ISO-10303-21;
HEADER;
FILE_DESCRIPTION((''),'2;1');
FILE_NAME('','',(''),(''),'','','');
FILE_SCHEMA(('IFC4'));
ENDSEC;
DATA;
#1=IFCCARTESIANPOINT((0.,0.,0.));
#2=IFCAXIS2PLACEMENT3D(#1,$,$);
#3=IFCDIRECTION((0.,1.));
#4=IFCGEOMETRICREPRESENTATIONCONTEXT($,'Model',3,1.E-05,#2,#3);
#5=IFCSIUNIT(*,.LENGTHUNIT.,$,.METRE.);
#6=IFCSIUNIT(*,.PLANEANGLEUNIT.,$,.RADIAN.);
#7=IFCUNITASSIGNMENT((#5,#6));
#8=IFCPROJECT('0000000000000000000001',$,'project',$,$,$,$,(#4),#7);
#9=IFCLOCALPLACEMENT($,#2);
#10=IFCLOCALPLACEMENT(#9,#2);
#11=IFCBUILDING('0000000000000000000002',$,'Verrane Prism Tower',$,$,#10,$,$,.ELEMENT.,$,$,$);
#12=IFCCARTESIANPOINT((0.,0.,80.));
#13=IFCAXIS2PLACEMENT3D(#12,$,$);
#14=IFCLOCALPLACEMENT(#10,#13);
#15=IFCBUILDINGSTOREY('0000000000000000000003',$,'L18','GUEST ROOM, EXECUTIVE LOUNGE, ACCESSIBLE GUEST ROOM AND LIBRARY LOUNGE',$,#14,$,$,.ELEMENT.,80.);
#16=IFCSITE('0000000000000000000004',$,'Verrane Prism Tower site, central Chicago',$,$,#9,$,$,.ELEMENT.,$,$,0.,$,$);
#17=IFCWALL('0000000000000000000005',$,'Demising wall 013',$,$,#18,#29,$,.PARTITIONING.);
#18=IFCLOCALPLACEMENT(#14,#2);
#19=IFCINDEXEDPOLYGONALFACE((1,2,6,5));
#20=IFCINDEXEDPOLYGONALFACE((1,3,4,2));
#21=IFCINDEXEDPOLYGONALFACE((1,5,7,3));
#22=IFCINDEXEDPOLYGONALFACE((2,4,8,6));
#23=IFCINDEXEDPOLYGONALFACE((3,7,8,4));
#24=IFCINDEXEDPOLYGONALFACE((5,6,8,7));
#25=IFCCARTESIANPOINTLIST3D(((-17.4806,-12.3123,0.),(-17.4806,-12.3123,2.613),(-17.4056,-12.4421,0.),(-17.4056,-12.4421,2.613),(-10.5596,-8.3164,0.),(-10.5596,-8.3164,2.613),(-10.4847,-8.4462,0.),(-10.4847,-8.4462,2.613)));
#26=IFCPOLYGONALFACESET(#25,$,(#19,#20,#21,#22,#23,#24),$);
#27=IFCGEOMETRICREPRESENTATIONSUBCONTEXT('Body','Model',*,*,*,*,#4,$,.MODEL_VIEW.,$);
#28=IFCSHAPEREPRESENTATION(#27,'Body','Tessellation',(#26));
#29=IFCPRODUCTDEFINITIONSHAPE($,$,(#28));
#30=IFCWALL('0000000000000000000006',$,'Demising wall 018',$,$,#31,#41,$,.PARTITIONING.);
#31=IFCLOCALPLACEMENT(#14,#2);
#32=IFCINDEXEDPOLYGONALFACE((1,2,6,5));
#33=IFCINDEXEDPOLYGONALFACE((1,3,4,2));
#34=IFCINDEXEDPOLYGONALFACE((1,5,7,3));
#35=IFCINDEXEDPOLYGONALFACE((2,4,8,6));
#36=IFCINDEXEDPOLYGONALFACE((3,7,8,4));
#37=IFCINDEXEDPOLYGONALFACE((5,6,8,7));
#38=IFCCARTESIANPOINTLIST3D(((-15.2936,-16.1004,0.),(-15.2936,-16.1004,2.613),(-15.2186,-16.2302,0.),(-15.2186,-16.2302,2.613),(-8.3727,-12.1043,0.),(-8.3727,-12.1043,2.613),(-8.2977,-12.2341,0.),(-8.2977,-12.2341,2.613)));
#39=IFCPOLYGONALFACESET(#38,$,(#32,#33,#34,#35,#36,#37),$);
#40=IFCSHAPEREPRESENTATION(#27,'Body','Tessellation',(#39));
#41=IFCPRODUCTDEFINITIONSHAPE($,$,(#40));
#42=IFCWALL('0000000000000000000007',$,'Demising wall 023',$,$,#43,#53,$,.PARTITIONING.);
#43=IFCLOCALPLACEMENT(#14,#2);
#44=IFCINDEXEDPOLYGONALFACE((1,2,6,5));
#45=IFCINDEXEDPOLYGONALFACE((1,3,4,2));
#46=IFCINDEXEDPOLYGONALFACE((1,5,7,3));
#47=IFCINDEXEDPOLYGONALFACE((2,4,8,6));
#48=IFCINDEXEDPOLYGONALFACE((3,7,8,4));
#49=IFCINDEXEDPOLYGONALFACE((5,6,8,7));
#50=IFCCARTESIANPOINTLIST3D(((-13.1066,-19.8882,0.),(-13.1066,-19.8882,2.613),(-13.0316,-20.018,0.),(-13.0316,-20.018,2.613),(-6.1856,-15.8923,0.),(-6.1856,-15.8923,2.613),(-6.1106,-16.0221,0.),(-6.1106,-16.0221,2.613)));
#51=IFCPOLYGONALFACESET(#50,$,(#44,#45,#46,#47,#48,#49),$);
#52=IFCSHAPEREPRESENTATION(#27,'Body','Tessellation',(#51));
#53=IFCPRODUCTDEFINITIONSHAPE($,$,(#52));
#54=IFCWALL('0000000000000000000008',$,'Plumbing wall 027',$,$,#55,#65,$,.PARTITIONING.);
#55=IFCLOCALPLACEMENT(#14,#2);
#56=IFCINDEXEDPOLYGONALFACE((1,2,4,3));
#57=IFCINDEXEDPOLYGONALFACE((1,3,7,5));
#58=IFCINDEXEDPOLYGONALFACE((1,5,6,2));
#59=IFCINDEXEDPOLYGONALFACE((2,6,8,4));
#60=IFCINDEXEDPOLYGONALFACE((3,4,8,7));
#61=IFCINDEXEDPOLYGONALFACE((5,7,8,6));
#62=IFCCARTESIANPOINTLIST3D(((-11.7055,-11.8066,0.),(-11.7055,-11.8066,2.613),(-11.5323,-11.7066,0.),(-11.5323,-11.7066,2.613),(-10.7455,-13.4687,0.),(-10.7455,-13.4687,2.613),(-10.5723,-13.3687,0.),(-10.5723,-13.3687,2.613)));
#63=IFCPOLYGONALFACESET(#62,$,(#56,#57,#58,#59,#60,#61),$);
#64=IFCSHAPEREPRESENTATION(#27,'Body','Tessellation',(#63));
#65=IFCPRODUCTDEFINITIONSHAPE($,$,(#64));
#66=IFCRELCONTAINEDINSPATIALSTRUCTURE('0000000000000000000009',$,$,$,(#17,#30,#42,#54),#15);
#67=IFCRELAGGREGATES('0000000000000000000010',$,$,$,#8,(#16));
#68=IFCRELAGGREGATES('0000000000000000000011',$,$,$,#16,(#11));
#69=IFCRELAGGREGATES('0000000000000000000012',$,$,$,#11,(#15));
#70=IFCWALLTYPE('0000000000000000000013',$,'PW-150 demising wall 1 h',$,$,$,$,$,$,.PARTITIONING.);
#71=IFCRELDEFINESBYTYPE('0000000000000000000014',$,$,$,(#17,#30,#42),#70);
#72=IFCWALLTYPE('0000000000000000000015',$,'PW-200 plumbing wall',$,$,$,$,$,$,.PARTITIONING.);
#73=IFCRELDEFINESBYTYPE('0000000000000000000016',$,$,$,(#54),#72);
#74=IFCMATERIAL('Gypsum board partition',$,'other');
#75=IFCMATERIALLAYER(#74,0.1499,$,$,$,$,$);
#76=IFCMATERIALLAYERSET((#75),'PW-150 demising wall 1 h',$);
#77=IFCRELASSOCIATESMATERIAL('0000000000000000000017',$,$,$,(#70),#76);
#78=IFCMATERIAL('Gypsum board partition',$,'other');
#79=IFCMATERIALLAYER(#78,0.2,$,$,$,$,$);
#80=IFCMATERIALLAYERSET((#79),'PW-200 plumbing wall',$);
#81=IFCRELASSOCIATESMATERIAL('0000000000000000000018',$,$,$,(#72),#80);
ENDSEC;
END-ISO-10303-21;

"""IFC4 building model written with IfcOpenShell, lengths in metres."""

from ifc_helpers import new_model, si_unit, direction, frame, frame_2d, origin, place, context, subcontext, project, spatial, rectangle, extrude, material, layer, layer_set, type_object, element, save


model = new_model("IFC4")

# Units and contexts
model_context = context("Model", 3, precision=1e-05, world=origin(), true_north=direction((0.0, 1.0)))
body_context = subcontext(model_context, "Body", "Model", "MODEL_VIEW")
ifc_project = project(units=[si_unit("LENGTHUNIT", "METRE"), si_unit("PLANEANGLEUNIT", "RADIAN")], contexts=[model_context])

# Site, building, storey
site_placement = place(None, origin())
site = spatial("IfcSite", under=ifc_project, at=site_placement, Name="Verrane Prism Tower site, central Chicago", CompositionType="ELEMENT", RefElevation=0.0)
building_placement = place(site_placement, origin())
building = spatial("IfcBuilding", under=site, at=building_placement, Name="Verrane Prism Tower", CompositionType="ELEMENT")
storey_placement = place(building_placement, frame((0.0, 0.0, 80.0)))
storey = spatial("IfcBuildingStorey", under=building, at=storey_placement, Name="L18", Description="GUEST ROOM, EXECUTIVE LOUNGE, ACCESSIBLE GUEST ROOM AND LIBRARY LOUNGE", CompositionType="ELEMENT", Elevation=80.0)

# Walls
ifc_material_1 = material(Name="Gypsum board partition", Category="other")
ifc_layer_1 = layer(ifc_material_1, 0.1499)
ifc_layer_set_1 = layer_set([ifc_layer_1], Name="PW-150 demising wall 1 h")
wall_type_1 = type_object("IfcWallType", Name="PW-150 demising wall 1 h", PredefinedType="PARTITIONING", material=ifc_layer_set_1)
for number, where, z_axis, x_axis, name in (
    (1, (-17.4431, -12.3772, 0.0), (0.0, 0.0, 1.0), (0.866022, 0.500006, 0.0), "Demising wall 013"),
    (2, (-15.2561, -16.1653, 0.0), (0.0, 0.0, 1.0), (0.866009, 0.500029, 0.0), "Demising wall 018"),
    (3, (-13.0691, -19.9531, 0.0), (0.0, 0.0, 1.0), (0.866022, 0.500006, 0.0), "Demising wall 023"),
):
    element("IfcWall", number, at=place(storey_placement, frame(where, z_axis=z_axis, x_axis=x_axis)), inside=storey, type_object=wall_type_1, Name=name, PredefinedType="PARTITIONING", context=body_context, shape_type="SweptSolid", body=[
        extrude(rectangle(XDim=7.9917, YDim=0.1499, at=frame_2d((3.9958, 0.0))), origin(), (0.0, 0.0, 1.0), 2.613),
    ])
ifc_material_2 = material(Name="Gypsum board partition", Category="other")
ifc_layer_2 = layer(ifc_material_2, 0.2)
ifc_layer_set_2 = layer_set([ifc_layer_2], Name="PW-200 plumbing wall")
wall_type_2 = type_object("IfcWallType", Name="PW-200 plumbing wall", PredefinedType="PARTITIONING", material=ifc_layer_set_2)
wall_placement = place(storey_placement, frame((-11.6189, -11.7566, 0.0), z_axis=(0.0, 0.0, 1.0), x_axis=(0.500133, -0.865948, 0.0)))
element("IfcWall", 4, at=wall_placement, inside=storey, type_object=wall_type_2, Name="Plumbing wall 027", PredefinedType="PARTITIONING", context=body_context, shape_type="SweptSolid", body=[
    extrude(rectangle(XDim=1.9194, YDim=0.2, at=frame_2d((0.9597, 0.0))), origin(), (0.0, 0.0, 1.0), 2.613),
])

save(model, "model.ifc")
